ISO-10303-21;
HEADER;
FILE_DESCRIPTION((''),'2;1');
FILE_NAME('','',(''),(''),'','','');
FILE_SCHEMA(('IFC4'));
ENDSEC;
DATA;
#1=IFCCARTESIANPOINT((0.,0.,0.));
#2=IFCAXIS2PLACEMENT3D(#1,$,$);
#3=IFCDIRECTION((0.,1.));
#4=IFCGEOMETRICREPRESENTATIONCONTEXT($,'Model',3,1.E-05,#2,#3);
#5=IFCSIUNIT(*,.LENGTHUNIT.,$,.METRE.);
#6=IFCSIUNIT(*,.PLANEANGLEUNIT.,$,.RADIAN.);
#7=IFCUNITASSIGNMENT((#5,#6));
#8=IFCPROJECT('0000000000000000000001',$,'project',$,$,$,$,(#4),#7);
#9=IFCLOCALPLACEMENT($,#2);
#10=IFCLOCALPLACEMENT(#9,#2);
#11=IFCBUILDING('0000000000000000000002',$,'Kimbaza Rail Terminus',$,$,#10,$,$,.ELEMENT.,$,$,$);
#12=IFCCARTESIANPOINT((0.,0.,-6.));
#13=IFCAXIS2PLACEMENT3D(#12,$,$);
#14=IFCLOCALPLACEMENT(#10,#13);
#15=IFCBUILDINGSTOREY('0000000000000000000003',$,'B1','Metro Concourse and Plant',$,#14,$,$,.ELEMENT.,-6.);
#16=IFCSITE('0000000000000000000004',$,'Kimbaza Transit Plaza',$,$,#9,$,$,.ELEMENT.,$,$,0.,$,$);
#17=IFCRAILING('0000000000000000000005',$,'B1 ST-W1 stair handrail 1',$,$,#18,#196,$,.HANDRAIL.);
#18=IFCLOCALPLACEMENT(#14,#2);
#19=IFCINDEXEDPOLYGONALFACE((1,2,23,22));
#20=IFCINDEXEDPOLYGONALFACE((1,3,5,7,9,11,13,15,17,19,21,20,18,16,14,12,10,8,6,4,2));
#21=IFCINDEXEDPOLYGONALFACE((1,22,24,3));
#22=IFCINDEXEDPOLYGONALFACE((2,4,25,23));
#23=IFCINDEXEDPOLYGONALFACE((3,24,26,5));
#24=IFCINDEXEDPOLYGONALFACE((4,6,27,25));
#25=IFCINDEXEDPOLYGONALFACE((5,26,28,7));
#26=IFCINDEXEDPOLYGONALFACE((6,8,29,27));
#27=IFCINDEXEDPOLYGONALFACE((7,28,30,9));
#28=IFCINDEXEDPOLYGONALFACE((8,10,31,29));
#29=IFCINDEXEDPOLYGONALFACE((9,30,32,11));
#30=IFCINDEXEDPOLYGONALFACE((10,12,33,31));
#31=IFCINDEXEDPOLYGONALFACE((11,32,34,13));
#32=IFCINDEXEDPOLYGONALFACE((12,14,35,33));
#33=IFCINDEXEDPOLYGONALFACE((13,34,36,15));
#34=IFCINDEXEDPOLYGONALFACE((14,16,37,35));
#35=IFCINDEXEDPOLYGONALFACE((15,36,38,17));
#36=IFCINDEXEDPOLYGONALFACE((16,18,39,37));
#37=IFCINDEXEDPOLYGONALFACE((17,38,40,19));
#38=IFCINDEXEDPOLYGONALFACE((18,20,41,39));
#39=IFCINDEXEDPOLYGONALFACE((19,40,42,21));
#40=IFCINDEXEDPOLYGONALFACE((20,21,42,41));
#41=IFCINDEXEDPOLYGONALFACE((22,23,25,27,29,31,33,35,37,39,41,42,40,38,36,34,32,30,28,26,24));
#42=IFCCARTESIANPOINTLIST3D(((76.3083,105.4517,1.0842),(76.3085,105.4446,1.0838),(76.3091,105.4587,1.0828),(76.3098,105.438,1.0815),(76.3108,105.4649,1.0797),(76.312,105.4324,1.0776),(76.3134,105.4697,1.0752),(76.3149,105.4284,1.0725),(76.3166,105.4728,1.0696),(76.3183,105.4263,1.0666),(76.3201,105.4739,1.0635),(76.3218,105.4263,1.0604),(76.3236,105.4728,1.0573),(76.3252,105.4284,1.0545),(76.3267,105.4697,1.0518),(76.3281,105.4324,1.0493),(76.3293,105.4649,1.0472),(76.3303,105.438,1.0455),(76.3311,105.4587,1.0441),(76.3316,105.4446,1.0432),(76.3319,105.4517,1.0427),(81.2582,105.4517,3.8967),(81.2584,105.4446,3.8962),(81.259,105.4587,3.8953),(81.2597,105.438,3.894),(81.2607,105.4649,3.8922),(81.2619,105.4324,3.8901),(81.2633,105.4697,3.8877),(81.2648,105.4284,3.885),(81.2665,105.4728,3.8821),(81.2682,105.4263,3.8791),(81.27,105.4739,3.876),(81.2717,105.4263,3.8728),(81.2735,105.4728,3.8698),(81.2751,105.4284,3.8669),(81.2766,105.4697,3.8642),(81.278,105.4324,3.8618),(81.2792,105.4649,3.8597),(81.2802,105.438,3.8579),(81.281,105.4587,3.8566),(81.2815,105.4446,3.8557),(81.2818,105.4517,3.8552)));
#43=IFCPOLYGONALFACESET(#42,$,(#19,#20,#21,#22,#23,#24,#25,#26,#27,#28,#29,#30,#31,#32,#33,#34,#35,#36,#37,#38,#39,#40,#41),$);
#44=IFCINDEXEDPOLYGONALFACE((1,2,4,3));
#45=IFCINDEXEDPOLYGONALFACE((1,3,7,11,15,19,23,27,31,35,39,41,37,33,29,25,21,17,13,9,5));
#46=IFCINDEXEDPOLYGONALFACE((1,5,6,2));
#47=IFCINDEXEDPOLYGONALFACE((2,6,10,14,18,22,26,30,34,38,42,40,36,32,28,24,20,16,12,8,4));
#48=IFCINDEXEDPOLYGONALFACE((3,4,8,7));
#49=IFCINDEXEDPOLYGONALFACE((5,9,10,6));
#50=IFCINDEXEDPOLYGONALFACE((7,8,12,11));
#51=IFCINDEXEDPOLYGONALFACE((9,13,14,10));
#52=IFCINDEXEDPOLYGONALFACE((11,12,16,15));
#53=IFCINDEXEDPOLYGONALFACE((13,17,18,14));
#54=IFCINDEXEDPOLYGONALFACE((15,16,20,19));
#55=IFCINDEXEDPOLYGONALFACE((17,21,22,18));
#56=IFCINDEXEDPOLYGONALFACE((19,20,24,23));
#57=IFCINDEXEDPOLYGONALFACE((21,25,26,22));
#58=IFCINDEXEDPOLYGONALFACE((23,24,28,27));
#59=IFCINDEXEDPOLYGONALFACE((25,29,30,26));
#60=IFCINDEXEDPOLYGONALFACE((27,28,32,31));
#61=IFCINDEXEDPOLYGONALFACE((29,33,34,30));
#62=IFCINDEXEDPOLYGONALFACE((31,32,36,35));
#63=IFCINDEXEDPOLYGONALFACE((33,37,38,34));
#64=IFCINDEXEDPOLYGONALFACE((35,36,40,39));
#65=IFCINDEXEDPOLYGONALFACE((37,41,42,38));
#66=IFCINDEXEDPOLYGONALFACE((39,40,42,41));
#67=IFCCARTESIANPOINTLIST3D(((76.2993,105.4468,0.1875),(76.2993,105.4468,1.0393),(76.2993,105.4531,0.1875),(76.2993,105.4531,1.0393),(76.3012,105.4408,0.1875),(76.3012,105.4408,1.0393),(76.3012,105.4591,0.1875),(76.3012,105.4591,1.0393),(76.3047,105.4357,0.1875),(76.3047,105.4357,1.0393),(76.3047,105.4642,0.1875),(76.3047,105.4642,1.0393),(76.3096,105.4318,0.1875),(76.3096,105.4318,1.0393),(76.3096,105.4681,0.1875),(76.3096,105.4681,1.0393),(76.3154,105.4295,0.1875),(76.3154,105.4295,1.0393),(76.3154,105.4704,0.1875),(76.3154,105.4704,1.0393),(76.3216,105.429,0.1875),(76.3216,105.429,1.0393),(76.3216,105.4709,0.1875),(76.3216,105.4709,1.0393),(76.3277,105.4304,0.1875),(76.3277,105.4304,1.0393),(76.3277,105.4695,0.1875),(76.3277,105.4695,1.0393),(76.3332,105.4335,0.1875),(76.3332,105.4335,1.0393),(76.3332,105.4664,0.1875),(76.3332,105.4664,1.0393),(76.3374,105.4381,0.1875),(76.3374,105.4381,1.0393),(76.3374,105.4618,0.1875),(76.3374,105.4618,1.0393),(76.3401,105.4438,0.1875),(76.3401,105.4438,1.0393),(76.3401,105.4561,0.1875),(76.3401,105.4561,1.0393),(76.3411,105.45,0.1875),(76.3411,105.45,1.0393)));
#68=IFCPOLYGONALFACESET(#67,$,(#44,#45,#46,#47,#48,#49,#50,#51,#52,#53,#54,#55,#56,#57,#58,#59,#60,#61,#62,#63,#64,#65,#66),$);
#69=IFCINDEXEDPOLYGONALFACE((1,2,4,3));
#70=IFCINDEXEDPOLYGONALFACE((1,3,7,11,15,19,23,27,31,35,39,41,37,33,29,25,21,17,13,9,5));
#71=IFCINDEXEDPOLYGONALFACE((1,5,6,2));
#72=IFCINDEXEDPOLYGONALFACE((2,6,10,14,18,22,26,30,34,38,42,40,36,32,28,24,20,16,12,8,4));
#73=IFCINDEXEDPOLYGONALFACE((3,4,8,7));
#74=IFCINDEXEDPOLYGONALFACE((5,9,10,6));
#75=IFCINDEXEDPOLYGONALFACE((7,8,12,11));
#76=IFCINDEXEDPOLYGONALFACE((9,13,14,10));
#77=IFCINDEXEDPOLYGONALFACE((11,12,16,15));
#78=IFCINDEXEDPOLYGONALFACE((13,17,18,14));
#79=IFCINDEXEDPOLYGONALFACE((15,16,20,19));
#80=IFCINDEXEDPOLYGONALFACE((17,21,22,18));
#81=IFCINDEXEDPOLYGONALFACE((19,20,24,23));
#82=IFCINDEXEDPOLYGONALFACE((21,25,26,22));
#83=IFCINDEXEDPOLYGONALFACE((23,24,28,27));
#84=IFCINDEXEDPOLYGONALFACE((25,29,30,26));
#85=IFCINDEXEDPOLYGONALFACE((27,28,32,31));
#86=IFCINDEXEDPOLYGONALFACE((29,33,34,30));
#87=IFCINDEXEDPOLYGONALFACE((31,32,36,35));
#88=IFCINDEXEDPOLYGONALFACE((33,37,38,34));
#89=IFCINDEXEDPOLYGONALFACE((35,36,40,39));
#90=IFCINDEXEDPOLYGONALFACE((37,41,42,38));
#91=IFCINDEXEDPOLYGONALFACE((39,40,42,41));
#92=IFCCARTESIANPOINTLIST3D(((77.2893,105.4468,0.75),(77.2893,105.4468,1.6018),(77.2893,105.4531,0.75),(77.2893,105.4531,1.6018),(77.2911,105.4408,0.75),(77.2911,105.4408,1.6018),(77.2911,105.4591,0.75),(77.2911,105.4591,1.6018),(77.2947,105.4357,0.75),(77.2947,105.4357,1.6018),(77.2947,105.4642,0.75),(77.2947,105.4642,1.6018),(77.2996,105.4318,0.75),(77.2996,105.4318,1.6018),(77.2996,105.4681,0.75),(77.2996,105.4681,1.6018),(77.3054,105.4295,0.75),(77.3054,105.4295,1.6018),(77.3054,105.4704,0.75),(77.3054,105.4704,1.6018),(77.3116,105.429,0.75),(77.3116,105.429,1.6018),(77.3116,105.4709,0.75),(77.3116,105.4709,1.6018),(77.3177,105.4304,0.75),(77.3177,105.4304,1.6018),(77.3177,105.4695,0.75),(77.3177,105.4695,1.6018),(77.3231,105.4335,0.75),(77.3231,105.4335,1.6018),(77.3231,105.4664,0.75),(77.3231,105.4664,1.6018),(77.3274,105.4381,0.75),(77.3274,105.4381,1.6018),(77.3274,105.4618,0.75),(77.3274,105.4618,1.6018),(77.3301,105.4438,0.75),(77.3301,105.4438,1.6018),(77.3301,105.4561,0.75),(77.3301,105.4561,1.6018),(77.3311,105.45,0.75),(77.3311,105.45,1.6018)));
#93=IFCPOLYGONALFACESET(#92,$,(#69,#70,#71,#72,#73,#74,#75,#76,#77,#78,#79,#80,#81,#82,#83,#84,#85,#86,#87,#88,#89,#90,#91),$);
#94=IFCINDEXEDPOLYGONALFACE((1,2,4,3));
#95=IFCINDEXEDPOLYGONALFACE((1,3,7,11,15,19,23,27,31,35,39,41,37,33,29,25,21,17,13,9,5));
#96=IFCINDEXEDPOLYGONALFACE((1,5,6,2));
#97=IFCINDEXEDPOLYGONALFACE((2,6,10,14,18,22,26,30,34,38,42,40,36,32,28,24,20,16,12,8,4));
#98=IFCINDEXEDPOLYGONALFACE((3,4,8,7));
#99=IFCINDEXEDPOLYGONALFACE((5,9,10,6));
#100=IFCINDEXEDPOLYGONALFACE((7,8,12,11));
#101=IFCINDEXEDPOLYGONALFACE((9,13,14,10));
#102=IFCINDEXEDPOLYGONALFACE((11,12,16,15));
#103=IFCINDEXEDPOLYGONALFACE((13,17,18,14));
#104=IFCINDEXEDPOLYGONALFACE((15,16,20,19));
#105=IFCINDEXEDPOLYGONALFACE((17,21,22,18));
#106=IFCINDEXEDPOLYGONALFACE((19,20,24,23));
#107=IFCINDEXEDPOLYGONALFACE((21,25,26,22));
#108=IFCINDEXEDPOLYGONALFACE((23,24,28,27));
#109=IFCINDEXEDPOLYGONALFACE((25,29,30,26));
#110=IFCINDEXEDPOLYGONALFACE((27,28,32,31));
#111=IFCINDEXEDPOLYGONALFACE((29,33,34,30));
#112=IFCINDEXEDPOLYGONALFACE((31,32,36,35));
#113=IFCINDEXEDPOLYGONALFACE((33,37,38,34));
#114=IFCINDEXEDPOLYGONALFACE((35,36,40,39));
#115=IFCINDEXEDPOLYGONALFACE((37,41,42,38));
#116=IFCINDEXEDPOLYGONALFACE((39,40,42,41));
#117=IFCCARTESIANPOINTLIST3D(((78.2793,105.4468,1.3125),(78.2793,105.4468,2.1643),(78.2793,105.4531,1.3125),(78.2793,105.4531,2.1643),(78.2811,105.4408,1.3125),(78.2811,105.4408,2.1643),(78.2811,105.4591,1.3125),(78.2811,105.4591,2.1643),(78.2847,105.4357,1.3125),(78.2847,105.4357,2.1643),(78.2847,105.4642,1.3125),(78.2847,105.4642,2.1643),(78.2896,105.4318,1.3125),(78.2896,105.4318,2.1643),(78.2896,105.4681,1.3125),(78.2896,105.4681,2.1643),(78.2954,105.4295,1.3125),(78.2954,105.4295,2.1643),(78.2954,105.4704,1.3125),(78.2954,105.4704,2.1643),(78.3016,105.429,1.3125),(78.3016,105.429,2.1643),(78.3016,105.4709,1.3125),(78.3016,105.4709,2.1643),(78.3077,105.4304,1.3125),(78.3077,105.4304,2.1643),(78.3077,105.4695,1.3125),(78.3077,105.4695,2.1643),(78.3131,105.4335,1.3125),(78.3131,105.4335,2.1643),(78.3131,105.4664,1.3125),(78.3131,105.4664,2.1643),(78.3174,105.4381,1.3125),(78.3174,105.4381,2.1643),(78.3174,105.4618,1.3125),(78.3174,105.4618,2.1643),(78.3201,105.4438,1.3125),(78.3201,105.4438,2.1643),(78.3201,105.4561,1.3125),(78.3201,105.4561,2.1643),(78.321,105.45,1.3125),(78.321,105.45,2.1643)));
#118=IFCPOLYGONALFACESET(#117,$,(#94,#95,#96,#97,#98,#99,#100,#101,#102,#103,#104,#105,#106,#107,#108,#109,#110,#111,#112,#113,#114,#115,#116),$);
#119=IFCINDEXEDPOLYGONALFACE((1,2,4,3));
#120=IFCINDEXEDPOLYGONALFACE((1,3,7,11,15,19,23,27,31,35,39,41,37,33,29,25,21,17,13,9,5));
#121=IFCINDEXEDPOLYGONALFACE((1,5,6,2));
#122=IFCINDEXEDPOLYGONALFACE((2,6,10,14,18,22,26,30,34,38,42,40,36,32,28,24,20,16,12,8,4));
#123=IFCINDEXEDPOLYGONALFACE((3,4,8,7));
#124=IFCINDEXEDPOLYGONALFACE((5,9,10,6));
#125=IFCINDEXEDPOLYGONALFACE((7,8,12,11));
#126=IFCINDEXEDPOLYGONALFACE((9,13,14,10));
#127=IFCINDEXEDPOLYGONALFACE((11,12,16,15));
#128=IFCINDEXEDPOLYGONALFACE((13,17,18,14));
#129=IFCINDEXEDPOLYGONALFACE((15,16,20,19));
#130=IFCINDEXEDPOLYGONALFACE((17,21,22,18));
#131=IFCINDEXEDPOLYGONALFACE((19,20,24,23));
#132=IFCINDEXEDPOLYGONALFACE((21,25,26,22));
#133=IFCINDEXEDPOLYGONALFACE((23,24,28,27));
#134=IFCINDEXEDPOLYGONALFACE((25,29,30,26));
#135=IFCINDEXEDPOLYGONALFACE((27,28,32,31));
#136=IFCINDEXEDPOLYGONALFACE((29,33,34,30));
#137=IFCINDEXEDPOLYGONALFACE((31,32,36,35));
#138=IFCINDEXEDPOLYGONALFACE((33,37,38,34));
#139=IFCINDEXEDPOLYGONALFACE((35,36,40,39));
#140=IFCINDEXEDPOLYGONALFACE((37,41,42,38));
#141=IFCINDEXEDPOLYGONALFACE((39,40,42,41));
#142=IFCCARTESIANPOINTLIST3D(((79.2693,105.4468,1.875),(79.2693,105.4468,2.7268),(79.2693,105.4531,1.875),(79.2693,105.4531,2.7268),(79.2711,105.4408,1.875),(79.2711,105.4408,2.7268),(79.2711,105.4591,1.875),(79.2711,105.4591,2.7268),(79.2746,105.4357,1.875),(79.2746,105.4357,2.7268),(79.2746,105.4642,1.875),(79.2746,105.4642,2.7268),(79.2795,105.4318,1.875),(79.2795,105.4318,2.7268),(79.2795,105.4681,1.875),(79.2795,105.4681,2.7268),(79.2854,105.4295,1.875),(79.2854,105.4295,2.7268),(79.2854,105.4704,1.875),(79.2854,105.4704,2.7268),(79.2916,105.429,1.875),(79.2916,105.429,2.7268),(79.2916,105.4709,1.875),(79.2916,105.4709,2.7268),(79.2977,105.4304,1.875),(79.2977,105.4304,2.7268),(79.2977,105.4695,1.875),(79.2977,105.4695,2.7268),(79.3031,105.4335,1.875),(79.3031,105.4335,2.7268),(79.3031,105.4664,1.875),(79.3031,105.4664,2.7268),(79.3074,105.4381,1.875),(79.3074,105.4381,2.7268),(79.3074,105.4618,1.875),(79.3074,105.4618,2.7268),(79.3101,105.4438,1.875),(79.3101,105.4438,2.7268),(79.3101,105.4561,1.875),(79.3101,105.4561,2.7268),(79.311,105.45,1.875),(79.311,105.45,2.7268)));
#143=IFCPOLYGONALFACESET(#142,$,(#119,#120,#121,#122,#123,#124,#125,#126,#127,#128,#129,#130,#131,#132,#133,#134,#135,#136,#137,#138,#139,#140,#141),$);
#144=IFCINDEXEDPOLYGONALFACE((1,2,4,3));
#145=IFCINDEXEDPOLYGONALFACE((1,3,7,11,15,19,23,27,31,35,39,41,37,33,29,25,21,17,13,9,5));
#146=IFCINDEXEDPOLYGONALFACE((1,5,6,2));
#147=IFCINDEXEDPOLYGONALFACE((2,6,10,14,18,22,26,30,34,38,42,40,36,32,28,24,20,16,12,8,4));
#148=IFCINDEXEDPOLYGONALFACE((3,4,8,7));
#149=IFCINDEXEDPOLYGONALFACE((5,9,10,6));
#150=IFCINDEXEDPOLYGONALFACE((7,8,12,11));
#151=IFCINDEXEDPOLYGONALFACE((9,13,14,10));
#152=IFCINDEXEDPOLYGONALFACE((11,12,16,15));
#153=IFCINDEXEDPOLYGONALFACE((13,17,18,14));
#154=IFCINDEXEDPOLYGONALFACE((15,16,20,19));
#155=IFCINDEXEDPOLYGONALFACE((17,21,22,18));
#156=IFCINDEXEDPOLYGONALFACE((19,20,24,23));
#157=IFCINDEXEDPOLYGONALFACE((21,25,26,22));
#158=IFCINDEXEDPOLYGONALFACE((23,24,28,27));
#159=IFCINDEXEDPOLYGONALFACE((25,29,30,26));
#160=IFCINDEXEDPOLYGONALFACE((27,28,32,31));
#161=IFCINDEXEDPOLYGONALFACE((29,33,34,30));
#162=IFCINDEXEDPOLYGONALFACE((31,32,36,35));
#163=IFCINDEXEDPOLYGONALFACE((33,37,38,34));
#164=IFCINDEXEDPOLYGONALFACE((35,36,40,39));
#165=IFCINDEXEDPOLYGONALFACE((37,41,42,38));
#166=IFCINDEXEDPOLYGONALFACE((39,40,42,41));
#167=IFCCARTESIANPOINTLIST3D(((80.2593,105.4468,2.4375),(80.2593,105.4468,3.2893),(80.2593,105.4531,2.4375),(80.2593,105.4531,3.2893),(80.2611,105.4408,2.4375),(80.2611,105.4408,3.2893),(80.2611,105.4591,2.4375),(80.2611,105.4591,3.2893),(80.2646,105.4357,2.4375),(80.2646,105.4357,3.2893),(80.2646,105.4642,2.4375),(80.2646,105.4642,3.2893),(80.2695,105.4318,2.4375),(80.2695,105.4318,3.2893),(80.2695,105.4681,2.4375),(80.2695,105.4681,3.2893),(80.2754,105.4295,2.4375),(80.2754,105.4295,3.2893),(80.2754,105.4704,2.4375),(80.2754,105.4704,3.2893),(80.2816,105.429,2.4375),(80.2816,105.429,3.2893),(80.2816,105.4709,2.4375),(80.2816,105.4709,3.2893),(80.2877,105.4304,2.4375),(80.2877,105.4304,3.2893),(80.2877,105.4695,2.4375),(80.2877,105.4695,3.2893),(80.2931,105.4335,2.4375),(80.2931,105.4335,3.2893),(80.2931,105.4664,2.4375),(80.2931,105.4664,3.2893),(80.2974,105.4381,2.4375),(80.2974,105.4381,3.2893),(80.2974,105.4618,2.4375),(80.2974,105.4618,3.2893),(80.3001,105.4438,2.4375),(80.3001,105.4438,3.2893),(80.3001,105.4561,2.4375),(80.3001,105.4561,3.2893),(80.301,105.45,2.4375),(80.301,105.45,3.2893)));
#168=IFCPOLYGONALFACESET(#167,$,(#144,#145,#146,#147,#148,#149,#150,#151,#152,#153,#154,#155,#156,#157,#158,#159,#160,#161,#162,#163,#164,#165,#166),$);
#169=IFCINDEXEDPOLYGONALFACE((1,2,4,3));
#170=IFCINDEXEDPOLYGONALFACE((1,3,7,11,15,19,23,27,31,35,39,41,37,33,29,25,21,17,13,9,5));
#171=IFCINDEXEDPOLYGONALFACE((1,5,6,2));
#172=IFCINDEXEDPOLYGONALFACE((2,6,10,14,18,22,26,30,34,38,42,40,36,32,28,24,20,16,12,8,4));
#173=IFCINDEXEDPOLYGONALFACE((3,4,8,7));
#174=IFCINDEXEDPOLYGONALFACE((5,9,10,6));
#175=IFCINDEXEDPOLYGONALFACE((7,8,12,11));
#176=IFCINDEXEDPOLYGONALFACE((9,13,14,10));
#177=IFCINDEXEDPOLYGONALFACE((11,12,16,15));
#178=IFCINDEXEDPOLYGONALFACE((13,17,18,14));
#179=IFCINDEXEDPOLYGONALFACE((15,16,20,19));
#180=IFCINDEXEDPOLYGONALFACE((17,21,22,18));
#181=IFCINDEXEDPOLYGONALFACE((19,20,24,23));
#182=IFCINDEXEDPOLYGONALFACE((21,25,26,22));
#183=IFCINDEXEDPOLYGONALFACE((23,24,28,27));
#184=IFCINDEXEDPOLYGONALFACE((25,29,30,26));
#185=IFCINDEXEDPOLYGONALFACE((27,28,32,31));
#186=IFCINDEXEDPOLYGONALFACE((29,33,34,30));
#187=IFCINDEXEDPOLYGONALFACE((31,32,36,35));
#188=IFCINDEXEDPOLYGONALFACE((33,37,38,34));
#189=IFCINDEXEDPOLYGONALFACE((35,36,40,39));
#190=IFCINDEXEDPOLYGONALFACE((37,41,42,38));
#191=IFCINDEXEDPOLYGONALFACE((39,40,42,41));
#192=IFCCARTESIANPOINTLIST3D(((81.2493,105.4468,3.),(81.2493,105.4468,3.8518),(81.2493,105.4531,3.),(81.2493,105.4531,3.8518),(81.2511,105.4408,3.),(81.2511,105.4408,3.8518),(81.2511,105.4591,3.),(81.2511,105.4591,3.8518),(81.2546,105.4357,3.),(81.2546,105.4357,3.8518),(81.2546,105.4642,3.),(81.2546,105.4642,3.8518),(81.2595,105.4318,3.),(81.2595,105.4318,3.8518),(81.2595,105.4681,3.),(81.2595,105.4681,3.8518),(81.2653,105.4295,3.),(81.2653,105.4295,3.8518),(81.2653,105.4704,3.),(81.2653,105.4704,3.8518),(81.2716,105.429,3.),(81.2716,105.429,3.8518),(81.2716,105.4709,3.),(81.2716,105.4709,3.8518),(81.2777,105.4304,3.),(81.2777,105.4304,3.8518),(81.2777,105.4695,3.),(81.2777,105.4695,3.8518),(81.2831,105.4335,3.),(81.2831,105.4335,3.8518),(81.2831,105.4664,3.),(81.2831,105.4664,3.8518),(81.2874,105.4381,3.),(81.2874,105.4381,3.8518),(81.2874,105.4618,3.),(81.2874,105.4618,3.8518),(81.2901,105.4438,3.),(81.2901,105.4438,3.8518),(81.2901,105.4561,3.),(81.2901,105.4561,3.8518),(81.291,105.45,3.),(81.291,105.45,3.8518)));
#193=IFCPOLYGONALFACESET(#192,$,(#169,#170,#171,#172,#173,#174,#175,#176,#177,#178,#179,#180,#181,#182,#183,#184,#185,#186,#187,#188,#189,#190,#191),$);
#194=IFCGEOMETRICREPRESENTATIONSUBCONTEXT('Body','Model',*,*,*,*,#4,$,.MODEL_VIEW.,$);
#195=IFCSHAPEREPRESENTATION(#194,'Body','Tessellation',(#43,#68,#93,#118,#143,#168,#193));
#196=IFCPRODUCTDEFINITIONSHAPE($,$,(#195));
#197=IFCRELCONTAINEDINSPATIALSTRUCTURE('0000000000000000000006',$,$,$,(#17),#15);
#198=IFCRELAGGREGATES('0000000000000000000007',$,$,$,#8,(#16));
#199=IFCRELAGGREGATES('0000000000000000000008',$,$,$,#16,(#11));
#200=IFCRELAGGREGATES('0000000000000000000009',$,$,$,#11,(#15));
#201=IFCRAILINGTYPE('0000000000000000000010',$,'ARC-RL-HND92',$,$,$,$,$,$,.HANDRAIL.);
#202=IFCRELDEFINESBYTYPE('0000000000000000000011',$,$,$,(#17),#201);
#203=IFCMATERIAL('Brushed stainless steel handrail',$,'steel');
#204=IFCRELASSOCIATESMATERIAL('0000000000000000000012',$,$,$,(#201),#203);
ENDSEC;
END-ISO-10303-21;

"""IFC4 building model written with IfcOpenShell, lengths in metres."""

from ifc_helpers import new_model, si_unit, direction, frame, origin, origin_2d, place, context, subcontext, project, spatial, circle, extrude, material, type_object, element, save


model = new_model("IFC4")

# Units and contexts
model_context = context("Model", 3, precision=1e-05, world=origin(), true_north=direction((0.0, 1.0)))
body_context = subcontext(model_context, "Body", "Model", "MODEL_VIEW")
ifc_project = project(units=[si_unit("LENGTHUNIT", "METRE"), si_unit("PLANEANGLEUNIT", "RADIAN")], contexts=[model_context])

# Site, building, storey
site_placement = place(None, origin())
site = spatial("IfcSite", under=ifc_project, at=site_placement, Name="Kimbaza Transit Plaza", CompositionType="ELEMENT", RefElevation=0.0)
building_placement = place(site_placement, origin())
building = spatial("IfcBuilding", under=site, at=building_placement, Name="Kimbaza Rail Terminus", CompositionType="ELEMENT")
storey_placement = place(building_placement, frame((0.0, 0.0, -6.0)))
storey = spatial("IfcBuildingStorey", under=building, at=storey_placement, Name="B1", Description="Metro Concourse and Plant", CompositionType="ELEMENT", Elevation=-6.0)

# Railing
ifc_material_1 = material(Name="Brushed stainless steel handrail", Category="steel")
railing_type_1 = type_object("IfcRailingType", Name="ARC-RL-HND92", PredefinedType="HANDRAIL", material=ifc_material_1)
railing_1_placement = place(storey_placement, frame((76.3201, 105.45, 0.1875)))
element("IfcRailing", 1, at=railing_1_placement, inside=storey, type_object=railing_type_1, Name="B1 ST-W1 stair handrail 1", PredefinedType="HANDRAIL", context=body_context, shape_type="SweptSolid", body=[
    extrude(circle(Radius=0.0239, at=origin_2d()), frame((0.0, 0.0, 0.876), z_axis=(0.869454, 0.0, 0.494013), x_axis=(0.0, 1.0, 0.0)), (0.0, 0.0, 1.0), 5.6931),
    extrude(circle(Radius=0.021, at=origin_2d()), origin(), (0.0, 0.0, 1.0), 0.8518),
    extrude(circle(Radius=0.021, at=origin_2d()), frame((0.99, 0.0, 0.5625)), (0.0, 0.0, 1.0), 0.8518),
    extrude(circle(Radius=0.021, at=origin_2d()), frame((1.98, 0.0, 1.125)), (0.0, 0.0, 1.0), 0.8518),
    extrude(circle(Radius=0.021, at=origin_2d()), frame((2.97, 0.0, 1.6875)), (0.0, 0.0, 1.0), 0.8518),
    extrude(circle(Radius=0.021, at=origin_2d()), frame((3.96, 0.0, 2.25)), (0.0, 0.0, 1.0), 0.8518),
    extrude(circle(Radius=0.021, at=origin_2d()), frame((4.95, 0.0, 2.8125)), (0.0, 0.0, 1.0), 0.8518),
])

save(model, "model.ifc")
